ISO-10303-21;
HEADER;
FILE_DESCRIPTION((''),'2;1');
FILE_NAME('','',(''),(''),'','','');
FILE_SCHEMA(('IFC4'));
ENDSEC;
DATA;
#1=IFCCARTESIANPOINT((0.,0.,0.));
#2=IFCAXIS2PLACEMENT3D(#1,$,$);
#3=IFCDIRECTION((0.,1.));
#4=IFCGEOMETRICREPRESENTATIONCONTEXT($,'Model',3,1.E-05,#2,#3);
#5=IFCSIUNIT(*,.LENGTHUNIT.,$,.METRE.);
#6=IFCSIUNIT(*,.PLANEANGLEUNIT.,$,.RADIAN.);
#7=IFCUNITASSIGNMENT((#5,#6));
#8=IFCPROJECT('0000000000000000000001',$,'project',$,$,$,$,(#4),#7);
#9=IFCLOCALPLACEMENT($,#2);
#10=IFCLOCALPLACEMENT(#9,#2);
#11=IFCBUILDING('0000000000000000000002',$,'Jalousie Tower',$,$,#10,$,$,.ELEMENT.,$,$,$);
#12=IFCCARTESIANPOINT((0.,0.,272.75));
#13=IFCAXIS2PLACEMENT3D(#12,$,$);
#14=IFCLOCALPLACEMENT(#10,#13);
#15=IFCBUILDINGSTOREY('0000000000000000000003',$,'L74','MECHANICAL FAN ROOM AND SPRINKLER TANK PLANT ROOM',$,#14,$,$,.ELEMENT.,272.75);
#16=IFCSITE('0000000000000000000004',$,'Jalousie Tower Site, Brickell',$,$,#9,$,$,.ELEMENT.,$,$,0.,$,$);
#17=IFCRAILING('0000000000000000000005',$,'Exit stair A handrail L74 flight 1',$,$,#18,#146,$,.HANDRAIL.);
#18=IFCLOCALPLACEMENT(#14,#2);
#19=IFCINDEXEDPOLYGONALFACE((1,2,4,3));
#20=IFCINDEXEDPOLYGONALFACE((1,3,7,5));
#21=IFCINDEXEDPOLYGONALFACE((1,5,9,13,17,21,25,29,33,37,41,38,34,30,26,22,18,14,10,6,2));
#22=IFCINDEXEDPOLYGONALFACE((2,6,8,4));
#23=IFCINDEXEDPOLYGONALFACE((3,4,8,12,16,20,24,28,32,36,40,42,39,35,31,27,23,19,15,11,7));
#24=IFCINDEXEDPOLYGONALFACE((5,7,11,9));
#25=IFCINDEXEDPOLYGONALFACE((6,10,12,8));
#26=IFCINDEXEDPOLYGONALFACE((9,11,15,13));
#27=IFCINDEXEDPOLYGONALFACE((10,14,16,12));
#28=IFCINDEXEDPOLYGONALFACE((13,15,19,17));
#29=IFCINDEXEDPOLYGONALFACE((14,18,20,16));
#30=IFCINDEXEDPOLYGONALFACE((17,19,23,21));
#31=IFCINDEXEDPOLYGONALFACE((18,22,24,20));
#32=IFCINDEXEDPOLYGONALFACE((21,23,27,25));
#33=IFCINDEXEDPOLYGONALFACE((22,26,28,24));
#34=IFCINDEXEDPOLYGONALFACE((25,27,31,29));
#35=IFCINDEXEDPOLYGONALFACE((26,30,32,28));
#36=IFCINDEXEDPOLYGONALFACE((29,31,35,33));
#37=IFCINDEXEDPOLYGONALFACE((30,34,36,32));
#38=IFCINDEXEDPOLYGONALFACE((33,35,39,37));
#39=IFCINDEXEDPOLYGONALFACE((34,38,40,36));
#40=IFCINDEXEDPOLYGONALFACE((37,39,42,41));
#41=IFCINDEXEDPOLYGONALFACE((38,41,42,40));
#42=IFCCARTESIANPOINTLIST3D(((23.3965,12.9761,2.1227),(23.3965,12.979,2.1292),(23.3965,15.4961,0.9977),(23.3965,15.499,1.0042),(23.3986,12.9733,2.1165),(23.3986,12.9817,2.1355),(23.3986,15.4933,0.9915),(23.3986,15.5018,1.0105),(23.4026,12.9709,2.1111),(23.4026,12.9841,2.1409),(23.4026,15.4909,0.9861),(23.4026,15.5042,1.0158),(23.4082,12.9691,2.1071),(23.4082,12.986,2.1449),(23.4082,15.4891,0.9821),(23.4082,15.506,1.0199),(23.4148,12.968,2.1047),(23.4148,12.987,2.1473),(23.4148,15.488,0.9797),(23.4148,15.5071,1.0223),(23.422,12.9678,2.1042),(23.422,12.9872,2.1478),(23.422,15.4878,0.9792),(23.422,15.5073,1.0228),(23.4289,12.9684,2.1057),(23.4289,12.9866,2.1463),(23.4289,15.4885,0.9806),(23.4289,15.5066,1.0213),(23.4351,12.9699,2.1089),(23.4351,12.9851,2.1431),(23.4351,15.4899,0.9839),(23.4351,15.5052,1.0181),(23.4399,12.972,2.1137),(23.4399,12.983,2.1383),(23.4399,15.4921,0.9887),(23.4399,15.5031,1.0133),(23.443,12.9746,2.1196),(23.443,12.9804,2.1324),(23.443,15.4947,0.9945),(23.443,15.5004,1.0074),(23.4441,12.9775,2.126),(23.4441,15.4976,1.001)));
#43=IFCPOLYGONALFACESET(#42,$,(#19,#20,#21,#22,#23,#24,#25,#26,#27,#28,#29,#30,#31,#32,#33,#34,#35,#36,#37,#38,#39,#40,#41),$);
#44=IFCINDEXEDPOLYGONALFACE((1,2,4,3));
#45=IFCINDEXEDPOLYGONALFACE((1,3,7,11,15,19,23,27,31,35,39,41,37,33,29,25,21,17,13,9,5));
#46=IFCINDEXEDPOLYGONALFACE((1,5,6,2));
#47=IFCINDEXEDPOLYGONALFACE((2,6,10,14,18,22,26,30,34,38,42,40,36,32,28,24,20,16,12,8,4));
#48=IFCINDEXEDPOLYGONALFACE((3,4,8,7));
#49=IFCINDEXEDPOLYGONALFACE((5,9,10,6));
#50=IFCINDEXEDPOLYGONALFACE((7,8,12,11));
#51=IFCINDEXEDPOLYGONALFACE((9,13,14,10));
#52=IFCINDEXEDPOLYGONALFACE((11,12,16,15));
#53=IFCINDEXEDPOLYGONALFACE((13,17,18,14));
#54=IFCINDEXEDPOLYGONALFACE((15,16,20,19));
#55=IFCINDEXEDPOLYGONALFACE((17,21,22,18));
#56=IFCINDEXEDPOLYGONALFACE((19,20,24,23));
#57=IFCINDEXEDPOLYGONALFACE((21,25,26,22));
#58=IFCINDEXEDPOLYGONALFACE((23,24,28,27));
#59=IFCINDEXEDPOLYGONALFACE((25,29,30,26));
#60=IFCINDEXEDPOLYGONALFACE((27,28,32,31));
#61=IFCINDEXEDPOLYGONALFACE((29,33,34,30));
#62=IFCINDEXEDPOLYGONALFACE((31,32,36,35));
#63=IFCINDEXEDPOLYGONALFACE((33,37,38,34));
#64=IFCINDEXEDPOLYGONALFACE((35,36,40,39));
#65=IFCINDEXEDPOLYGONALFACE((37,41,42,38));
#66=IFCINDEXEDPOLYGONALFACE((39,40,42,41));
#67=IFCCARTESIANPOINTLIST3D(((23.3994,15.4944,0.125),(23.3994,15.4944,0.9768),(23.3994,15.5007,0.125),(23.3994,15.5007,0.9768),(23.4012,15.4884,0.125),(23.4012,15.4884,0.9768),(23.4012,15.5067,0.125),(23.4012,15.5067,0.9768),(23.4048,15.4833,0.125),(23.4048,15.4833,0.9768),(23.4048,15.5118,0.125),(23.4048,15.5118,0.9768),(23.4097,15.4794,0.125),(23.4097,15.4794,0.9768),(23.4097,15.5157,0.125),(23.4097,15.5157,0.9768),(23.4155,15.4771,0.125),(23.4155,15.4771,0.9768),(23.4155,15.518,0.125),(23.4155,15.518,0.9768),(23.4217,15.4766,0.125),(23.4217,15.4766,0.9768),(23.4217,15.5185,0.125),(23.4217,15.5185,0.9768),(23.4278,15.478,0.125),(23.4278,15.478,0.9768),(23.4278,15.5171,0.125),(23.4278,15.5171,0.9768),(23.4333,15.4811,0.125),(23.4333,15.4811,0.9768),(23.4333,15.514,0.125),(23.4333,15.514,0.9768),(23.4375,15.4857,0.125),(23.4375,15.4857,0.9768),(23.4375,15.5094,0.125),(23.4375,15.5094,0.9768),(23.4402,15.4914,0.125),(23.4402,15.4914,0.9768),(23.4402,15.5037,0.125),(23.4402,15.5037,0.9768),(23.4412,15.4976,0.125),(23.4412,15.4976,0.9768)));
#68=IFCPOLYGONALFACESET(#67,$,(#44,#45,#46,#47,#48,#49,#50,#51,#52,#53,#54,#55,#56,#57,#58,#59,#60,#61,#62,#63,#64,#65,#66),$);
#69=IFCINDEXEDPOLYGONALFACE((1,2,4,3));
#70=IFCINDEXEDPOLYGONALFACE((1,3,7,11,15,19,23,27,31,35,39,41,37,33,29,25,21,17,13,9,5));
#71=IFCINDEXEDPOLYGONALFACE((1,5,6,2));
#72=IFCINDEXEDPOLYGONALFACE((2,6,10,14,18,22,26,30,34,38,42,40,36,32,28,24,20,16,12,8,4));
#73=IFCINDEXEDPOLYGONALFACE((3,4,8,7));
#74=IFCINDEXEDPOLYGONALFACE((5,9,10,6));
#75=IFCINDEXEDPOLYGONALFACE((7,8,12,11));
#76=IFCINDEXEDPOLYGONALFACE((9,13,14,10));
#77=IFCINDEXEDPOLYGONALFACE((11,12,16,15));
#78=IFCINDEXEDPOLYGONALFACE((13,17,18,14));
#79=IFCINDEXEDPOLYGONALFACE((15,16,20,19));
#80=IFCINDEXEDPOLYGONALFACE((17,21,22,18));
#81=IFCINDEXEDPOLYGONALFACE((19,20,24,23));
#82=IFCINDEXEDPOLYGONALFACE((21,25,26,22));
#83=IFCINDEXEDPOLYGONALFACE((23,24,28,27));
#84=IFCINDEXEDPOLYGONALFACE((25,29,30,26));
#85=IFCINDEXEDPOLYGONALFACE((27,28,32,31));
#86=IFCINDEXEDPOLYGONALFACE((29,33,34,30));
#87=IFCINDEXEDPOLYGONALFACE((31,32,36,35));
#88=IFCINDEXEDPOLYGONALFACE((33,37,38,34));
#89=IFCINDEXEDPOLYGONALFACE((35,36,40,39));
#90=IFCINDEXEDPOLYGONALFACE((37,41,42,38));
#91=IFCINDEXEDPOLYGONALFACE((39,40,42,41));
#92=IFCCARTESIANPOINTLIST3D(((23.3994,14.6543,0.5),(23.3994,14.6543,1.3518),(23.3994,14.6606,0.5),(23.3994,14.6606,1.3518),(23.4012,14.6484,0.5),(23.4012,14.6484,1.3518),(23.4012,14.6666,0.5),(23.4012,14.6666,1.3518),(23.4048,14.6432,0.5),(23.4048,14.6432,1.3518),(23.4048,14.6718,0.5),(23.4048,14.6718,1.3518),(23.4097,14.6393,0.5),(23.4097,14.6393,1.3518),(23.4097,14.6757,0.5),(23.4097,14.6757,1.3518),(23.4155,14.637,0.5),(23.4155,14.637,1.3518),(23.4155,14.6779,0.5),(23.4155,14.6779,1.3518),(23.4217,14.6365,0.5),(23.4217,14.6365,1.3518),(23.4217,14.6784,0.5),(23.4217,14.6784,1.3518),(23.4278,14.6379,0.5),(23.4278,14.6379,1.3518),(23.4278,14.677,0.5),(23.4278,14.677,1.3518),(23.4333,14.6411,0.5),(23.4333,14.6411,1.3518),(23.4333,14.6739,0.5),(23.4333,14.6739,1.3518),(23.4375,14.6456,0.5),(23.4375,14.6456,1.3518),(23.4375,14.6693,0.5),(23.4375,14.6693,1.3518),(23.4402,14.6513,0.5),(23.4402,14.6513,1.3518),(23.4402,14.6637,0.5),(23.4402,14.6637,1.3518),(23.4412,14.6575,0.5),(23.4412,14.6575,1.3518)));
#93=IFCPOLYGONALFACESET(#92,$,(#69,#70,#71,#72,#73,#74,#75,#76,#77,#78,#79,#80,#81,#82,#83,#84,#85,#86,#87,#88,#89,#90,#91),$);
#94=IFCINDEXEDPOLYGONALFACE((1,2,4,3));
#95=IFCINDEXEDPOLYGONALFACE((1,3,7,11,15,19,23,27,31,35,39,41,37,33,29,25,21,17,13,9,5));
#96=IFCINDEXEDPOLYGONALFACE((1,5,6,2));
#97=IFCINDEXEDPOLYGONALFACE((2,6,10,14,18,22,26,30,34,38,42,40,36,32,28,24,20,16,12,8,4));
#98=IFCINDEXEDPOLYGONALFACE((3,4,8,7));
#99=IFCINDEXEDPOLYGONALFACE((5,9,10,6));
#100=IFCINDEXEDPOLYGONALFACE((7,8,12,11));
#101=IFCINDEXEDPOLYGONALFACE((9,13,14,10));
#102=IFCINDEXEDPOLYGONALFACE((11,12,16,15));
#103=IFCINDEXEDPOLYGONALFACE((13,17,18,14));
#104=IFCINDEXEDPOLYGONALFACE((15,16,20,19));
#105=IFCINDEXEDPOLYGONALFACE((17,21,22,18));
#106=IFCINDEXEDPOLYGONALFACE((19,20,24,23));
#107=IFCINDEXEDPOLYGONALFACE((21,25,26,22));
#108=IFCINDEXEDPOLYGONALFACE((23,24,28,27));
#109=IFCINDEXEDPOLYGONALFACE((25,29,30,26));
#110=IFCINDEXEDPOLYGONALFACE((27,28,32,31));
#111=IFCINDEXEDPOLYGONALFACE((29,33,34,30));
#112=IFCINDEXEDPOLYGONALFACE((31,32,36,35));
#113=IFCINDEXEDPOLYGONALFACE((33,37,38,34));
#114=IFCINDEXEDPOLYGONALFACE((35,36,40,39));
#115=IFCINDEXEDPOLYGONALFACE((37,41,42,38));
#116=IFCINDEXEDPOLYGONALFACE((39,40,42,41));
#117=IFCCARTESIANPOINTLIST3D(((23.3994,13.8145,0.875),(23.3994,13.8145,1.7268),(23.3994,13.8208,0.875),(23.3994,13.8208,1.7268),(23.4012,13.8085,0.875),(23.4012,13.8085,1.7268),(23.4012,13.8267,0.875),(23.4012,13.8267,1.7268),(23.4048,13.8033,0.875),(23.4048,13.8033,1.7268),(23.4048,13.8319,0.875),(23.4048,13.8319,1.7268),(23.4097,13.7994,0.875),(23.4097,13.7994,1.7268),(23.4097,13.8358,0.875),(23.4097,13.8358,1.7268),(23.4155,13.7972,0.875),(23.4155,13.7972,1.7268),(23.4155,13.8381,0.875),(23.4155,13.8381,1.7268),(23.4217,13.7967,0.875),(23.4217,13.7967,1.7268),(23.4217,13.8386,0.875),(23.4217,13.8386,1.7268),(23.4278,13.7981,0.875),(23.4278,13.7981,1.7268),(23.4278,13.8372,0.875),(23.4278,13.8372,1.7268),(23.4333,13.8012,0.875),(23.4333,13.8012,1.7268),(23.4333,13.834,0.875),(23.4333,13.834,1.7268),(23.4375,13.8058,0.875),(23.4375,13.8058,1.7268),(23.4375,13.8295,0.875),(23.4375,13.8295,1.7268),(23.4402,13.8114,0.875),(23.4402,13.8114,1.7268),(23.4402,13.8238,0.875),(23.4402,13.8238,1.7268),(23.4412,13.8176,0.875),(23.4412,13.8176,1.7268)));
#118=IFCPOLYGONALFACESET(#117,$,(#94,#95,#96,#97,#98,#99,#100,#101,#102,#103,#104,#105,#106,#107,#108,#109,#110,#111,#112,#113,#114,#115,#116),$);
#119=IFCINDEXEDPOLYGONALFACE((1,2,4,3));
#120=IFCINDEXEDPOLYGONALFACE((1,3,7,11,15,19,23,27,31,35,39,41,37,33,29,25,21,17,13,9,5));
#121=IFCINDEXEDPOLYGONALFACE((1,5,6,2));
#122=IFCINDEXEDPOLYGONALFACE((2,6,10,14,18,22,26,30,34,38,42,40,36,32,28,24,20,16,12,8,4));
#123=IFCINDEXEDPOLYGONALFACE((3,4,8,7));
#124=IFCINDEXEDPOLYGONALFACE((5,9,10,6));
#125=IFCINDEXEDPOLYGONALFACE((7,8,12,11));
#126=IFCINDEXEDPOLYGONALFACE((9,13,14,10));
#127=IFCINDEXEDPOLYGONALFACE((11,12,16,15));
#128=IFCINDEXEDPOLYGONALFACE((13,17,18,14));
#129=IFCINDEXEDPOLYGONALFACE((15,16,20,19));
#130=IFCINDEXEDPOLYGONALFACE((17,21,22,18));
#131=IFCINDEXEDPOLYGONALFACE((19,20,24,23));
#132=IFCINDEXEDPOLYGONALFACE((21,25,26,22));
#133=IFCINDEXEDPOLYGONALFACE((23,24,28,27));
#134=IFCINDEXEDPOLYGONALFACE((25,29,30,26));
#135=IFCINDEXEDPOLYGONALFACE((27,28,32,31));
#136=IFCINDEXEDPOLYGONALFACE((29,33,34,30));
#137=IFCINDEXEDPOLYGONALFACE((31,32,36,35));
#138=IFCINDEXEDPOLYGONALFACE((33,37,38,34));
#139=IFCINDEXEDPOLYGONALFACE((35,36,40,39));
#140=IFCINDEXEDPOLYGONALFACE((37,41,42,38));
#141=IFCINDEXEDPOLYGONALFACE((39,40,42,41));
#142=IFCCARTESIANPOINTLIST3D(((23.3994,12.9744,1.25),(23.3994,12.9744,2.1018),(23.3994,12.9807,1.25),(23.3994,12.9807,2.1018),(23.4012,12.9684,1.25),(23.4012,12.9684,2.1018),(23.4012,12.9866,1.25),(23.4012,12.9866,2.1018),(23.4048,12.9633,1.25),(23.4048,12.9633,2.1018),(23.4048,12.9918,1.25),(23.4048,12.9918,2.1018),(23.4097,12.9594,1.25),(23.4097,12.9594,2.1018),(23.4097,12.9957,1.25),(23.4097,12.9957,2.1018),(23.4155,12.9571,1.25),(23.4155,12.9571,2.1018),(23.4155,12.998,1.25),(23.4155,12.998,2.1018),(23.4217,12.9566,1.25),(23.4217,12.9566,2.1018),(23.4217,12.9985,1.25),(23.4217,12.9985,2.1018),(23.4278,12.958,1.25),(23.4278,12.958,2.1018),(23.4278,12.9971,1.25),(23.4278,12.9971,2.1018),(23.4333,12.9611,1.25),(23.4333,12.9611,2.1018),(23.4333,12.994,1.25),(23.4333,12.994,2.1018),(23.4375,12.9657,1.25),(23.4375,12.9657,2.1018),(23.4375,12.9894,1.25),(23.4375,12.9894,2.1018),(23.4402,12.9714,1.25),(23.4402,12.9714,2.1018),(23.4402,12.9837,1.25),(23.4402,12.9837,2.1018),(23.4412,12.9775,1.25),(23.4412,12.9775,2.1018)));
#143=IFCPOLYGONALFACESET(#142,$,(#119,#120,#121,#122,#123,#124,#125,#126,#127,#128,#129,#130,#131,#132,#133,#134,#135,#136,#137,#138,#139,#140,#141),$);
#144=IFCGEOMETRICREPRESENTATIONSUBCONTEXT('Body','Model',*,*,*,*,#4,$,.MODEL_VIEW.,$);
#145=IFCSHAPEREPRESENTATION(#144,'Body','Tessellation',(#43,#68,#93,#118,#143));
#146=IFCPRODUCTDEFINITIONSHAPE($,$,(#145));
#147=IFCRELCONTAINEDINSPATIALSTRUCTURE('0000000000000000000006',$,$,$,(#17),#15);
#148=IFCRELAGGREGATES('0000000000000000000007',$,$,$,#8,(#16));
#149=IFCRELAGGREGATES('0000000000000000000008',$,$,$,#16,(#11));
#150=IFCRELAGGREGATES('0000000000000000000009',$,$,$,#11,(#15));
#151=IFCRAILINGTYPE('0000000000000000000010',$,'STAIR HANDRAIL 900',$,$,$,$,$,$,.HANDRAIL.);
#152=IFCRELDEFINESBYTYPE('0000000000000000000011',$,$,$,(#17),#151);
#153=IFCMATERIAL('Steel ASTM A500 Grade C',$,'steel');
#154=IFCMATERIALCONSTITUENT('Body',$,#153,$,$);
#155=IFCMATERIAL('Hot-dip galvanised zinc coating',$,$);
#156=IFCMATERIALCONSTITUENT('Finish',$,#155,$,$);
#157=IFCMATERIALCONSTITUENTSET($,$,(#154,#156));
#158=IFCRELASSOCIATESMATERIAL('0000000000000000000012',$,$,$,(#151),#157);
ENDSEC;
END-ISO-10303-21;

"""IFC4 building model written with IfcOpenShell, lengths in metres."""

from ifc_helpers import new_model, si_unit, direction, frame, origin, origin_2d, place, context, subcontext, project, spatial, circle, extrude, material, constituent, constituent_set, type_object, element, save


model = new_model("IFC4")

# Units and contexts
model_context = context("Model", 3, precision=1e-05, world=origin(), true_north=direction((0.0, 1.0)))
body_context = subcontext(model_context, "Body", "Model", "MODEL_VIEW")
ifc_project = project(units=[si_unit("LENGTHUNIT", "METRE"), si_unit("PLANEANGLEUNIT", "RADIAN")], contexts=[model_context])

# Site, building, storey
site_placement = place(None, origin())
site = spatial("IfcSite", under=ifc_project, at=site_placement, Name="Jalousie Tower Site, Brickell", CompositionType="ELEMENT", RefElevation=0.0)
building_placement = place(site_placement, origin())
building = spatial("IfcBuilding", under=site, at=building_placement, Name="Jalousie Tower", CompositionType="ELEMENT")
storey_placement = place(building_placement, frame((0.0, 0.0, 272.75)))
storey = spatial("IfcBuildingStorey", under=building, at=storey_placement, Name="L74", Description="MECHANICAL FAN ROOM AND SPRINKLER TANK PLANT ROOM", CompositionType="ELEMENT", Elevation=272.75)

# Railing
ifc_material_1 = material(Name="Steel ASTM A500 Grade C", Category="steel")
ifc_constituent_1 = constituent(ifc_material_1, Name="Body")
ifc_material_2 = material(Name="Hot-dip galvanised zinc coating")
ifc_constituent_2 = constituent(ifc_material_2, Name="Finish")
ifc_constituent_set_1 = constituent_set(constituents=[ifc_constituent_1, ifc_constituent_2])
railing_type_1 = type_object("IfcRailingType", Name="STAIR HANDRAIL 900", PredefinedType="HANDRAIL", material=ifc_constituent_set_1)
railing_1_placement = place(storey_placement, frame((23.4202, 15.4976, 0.125)))
element("IfcRailing", 1, at=railing_1_placement, inside=storey, type_object=railing_type_1, Name="Exit stair A handrail L74 flight 1", PredefinedType="HANDRAIL", context=body_context, shape_type="SweptSolid", body=[
    extrude(circle(Radius=0.0239, at=origin_2d()), frame((0.0, 0.0, 0.876), z_axis=(0.0, -0.913139, 0.407648), x_axis=(1.0, 0.0, 0.0)), (0.0, 0.0, 1.0), 2.7598),
    extrude(circle(Radius=0.021, at=origin_2d()), origin(), (0.0, 0.0, 1.0), 0.8518),
    extrude(circle(Radius=0.021, at=origin_2d()), frame((0.0, -0.8401, 0.375)), (0.0, 0.0, 1.0), 0.8518),
    extrude(circle(Radius=0.021, at=origin_2d()), frame((0.0, -1.6799, 0.75)), (0.0, 0.0, 1.0), 0.8518),
    extrude(circle(Radius=0.021, at=origin_2d()), frame((0.0, -2.52, 1.125)), (0.0, 0.0, 1.0), 0.8518),
])

save(model, "model.ifc")
